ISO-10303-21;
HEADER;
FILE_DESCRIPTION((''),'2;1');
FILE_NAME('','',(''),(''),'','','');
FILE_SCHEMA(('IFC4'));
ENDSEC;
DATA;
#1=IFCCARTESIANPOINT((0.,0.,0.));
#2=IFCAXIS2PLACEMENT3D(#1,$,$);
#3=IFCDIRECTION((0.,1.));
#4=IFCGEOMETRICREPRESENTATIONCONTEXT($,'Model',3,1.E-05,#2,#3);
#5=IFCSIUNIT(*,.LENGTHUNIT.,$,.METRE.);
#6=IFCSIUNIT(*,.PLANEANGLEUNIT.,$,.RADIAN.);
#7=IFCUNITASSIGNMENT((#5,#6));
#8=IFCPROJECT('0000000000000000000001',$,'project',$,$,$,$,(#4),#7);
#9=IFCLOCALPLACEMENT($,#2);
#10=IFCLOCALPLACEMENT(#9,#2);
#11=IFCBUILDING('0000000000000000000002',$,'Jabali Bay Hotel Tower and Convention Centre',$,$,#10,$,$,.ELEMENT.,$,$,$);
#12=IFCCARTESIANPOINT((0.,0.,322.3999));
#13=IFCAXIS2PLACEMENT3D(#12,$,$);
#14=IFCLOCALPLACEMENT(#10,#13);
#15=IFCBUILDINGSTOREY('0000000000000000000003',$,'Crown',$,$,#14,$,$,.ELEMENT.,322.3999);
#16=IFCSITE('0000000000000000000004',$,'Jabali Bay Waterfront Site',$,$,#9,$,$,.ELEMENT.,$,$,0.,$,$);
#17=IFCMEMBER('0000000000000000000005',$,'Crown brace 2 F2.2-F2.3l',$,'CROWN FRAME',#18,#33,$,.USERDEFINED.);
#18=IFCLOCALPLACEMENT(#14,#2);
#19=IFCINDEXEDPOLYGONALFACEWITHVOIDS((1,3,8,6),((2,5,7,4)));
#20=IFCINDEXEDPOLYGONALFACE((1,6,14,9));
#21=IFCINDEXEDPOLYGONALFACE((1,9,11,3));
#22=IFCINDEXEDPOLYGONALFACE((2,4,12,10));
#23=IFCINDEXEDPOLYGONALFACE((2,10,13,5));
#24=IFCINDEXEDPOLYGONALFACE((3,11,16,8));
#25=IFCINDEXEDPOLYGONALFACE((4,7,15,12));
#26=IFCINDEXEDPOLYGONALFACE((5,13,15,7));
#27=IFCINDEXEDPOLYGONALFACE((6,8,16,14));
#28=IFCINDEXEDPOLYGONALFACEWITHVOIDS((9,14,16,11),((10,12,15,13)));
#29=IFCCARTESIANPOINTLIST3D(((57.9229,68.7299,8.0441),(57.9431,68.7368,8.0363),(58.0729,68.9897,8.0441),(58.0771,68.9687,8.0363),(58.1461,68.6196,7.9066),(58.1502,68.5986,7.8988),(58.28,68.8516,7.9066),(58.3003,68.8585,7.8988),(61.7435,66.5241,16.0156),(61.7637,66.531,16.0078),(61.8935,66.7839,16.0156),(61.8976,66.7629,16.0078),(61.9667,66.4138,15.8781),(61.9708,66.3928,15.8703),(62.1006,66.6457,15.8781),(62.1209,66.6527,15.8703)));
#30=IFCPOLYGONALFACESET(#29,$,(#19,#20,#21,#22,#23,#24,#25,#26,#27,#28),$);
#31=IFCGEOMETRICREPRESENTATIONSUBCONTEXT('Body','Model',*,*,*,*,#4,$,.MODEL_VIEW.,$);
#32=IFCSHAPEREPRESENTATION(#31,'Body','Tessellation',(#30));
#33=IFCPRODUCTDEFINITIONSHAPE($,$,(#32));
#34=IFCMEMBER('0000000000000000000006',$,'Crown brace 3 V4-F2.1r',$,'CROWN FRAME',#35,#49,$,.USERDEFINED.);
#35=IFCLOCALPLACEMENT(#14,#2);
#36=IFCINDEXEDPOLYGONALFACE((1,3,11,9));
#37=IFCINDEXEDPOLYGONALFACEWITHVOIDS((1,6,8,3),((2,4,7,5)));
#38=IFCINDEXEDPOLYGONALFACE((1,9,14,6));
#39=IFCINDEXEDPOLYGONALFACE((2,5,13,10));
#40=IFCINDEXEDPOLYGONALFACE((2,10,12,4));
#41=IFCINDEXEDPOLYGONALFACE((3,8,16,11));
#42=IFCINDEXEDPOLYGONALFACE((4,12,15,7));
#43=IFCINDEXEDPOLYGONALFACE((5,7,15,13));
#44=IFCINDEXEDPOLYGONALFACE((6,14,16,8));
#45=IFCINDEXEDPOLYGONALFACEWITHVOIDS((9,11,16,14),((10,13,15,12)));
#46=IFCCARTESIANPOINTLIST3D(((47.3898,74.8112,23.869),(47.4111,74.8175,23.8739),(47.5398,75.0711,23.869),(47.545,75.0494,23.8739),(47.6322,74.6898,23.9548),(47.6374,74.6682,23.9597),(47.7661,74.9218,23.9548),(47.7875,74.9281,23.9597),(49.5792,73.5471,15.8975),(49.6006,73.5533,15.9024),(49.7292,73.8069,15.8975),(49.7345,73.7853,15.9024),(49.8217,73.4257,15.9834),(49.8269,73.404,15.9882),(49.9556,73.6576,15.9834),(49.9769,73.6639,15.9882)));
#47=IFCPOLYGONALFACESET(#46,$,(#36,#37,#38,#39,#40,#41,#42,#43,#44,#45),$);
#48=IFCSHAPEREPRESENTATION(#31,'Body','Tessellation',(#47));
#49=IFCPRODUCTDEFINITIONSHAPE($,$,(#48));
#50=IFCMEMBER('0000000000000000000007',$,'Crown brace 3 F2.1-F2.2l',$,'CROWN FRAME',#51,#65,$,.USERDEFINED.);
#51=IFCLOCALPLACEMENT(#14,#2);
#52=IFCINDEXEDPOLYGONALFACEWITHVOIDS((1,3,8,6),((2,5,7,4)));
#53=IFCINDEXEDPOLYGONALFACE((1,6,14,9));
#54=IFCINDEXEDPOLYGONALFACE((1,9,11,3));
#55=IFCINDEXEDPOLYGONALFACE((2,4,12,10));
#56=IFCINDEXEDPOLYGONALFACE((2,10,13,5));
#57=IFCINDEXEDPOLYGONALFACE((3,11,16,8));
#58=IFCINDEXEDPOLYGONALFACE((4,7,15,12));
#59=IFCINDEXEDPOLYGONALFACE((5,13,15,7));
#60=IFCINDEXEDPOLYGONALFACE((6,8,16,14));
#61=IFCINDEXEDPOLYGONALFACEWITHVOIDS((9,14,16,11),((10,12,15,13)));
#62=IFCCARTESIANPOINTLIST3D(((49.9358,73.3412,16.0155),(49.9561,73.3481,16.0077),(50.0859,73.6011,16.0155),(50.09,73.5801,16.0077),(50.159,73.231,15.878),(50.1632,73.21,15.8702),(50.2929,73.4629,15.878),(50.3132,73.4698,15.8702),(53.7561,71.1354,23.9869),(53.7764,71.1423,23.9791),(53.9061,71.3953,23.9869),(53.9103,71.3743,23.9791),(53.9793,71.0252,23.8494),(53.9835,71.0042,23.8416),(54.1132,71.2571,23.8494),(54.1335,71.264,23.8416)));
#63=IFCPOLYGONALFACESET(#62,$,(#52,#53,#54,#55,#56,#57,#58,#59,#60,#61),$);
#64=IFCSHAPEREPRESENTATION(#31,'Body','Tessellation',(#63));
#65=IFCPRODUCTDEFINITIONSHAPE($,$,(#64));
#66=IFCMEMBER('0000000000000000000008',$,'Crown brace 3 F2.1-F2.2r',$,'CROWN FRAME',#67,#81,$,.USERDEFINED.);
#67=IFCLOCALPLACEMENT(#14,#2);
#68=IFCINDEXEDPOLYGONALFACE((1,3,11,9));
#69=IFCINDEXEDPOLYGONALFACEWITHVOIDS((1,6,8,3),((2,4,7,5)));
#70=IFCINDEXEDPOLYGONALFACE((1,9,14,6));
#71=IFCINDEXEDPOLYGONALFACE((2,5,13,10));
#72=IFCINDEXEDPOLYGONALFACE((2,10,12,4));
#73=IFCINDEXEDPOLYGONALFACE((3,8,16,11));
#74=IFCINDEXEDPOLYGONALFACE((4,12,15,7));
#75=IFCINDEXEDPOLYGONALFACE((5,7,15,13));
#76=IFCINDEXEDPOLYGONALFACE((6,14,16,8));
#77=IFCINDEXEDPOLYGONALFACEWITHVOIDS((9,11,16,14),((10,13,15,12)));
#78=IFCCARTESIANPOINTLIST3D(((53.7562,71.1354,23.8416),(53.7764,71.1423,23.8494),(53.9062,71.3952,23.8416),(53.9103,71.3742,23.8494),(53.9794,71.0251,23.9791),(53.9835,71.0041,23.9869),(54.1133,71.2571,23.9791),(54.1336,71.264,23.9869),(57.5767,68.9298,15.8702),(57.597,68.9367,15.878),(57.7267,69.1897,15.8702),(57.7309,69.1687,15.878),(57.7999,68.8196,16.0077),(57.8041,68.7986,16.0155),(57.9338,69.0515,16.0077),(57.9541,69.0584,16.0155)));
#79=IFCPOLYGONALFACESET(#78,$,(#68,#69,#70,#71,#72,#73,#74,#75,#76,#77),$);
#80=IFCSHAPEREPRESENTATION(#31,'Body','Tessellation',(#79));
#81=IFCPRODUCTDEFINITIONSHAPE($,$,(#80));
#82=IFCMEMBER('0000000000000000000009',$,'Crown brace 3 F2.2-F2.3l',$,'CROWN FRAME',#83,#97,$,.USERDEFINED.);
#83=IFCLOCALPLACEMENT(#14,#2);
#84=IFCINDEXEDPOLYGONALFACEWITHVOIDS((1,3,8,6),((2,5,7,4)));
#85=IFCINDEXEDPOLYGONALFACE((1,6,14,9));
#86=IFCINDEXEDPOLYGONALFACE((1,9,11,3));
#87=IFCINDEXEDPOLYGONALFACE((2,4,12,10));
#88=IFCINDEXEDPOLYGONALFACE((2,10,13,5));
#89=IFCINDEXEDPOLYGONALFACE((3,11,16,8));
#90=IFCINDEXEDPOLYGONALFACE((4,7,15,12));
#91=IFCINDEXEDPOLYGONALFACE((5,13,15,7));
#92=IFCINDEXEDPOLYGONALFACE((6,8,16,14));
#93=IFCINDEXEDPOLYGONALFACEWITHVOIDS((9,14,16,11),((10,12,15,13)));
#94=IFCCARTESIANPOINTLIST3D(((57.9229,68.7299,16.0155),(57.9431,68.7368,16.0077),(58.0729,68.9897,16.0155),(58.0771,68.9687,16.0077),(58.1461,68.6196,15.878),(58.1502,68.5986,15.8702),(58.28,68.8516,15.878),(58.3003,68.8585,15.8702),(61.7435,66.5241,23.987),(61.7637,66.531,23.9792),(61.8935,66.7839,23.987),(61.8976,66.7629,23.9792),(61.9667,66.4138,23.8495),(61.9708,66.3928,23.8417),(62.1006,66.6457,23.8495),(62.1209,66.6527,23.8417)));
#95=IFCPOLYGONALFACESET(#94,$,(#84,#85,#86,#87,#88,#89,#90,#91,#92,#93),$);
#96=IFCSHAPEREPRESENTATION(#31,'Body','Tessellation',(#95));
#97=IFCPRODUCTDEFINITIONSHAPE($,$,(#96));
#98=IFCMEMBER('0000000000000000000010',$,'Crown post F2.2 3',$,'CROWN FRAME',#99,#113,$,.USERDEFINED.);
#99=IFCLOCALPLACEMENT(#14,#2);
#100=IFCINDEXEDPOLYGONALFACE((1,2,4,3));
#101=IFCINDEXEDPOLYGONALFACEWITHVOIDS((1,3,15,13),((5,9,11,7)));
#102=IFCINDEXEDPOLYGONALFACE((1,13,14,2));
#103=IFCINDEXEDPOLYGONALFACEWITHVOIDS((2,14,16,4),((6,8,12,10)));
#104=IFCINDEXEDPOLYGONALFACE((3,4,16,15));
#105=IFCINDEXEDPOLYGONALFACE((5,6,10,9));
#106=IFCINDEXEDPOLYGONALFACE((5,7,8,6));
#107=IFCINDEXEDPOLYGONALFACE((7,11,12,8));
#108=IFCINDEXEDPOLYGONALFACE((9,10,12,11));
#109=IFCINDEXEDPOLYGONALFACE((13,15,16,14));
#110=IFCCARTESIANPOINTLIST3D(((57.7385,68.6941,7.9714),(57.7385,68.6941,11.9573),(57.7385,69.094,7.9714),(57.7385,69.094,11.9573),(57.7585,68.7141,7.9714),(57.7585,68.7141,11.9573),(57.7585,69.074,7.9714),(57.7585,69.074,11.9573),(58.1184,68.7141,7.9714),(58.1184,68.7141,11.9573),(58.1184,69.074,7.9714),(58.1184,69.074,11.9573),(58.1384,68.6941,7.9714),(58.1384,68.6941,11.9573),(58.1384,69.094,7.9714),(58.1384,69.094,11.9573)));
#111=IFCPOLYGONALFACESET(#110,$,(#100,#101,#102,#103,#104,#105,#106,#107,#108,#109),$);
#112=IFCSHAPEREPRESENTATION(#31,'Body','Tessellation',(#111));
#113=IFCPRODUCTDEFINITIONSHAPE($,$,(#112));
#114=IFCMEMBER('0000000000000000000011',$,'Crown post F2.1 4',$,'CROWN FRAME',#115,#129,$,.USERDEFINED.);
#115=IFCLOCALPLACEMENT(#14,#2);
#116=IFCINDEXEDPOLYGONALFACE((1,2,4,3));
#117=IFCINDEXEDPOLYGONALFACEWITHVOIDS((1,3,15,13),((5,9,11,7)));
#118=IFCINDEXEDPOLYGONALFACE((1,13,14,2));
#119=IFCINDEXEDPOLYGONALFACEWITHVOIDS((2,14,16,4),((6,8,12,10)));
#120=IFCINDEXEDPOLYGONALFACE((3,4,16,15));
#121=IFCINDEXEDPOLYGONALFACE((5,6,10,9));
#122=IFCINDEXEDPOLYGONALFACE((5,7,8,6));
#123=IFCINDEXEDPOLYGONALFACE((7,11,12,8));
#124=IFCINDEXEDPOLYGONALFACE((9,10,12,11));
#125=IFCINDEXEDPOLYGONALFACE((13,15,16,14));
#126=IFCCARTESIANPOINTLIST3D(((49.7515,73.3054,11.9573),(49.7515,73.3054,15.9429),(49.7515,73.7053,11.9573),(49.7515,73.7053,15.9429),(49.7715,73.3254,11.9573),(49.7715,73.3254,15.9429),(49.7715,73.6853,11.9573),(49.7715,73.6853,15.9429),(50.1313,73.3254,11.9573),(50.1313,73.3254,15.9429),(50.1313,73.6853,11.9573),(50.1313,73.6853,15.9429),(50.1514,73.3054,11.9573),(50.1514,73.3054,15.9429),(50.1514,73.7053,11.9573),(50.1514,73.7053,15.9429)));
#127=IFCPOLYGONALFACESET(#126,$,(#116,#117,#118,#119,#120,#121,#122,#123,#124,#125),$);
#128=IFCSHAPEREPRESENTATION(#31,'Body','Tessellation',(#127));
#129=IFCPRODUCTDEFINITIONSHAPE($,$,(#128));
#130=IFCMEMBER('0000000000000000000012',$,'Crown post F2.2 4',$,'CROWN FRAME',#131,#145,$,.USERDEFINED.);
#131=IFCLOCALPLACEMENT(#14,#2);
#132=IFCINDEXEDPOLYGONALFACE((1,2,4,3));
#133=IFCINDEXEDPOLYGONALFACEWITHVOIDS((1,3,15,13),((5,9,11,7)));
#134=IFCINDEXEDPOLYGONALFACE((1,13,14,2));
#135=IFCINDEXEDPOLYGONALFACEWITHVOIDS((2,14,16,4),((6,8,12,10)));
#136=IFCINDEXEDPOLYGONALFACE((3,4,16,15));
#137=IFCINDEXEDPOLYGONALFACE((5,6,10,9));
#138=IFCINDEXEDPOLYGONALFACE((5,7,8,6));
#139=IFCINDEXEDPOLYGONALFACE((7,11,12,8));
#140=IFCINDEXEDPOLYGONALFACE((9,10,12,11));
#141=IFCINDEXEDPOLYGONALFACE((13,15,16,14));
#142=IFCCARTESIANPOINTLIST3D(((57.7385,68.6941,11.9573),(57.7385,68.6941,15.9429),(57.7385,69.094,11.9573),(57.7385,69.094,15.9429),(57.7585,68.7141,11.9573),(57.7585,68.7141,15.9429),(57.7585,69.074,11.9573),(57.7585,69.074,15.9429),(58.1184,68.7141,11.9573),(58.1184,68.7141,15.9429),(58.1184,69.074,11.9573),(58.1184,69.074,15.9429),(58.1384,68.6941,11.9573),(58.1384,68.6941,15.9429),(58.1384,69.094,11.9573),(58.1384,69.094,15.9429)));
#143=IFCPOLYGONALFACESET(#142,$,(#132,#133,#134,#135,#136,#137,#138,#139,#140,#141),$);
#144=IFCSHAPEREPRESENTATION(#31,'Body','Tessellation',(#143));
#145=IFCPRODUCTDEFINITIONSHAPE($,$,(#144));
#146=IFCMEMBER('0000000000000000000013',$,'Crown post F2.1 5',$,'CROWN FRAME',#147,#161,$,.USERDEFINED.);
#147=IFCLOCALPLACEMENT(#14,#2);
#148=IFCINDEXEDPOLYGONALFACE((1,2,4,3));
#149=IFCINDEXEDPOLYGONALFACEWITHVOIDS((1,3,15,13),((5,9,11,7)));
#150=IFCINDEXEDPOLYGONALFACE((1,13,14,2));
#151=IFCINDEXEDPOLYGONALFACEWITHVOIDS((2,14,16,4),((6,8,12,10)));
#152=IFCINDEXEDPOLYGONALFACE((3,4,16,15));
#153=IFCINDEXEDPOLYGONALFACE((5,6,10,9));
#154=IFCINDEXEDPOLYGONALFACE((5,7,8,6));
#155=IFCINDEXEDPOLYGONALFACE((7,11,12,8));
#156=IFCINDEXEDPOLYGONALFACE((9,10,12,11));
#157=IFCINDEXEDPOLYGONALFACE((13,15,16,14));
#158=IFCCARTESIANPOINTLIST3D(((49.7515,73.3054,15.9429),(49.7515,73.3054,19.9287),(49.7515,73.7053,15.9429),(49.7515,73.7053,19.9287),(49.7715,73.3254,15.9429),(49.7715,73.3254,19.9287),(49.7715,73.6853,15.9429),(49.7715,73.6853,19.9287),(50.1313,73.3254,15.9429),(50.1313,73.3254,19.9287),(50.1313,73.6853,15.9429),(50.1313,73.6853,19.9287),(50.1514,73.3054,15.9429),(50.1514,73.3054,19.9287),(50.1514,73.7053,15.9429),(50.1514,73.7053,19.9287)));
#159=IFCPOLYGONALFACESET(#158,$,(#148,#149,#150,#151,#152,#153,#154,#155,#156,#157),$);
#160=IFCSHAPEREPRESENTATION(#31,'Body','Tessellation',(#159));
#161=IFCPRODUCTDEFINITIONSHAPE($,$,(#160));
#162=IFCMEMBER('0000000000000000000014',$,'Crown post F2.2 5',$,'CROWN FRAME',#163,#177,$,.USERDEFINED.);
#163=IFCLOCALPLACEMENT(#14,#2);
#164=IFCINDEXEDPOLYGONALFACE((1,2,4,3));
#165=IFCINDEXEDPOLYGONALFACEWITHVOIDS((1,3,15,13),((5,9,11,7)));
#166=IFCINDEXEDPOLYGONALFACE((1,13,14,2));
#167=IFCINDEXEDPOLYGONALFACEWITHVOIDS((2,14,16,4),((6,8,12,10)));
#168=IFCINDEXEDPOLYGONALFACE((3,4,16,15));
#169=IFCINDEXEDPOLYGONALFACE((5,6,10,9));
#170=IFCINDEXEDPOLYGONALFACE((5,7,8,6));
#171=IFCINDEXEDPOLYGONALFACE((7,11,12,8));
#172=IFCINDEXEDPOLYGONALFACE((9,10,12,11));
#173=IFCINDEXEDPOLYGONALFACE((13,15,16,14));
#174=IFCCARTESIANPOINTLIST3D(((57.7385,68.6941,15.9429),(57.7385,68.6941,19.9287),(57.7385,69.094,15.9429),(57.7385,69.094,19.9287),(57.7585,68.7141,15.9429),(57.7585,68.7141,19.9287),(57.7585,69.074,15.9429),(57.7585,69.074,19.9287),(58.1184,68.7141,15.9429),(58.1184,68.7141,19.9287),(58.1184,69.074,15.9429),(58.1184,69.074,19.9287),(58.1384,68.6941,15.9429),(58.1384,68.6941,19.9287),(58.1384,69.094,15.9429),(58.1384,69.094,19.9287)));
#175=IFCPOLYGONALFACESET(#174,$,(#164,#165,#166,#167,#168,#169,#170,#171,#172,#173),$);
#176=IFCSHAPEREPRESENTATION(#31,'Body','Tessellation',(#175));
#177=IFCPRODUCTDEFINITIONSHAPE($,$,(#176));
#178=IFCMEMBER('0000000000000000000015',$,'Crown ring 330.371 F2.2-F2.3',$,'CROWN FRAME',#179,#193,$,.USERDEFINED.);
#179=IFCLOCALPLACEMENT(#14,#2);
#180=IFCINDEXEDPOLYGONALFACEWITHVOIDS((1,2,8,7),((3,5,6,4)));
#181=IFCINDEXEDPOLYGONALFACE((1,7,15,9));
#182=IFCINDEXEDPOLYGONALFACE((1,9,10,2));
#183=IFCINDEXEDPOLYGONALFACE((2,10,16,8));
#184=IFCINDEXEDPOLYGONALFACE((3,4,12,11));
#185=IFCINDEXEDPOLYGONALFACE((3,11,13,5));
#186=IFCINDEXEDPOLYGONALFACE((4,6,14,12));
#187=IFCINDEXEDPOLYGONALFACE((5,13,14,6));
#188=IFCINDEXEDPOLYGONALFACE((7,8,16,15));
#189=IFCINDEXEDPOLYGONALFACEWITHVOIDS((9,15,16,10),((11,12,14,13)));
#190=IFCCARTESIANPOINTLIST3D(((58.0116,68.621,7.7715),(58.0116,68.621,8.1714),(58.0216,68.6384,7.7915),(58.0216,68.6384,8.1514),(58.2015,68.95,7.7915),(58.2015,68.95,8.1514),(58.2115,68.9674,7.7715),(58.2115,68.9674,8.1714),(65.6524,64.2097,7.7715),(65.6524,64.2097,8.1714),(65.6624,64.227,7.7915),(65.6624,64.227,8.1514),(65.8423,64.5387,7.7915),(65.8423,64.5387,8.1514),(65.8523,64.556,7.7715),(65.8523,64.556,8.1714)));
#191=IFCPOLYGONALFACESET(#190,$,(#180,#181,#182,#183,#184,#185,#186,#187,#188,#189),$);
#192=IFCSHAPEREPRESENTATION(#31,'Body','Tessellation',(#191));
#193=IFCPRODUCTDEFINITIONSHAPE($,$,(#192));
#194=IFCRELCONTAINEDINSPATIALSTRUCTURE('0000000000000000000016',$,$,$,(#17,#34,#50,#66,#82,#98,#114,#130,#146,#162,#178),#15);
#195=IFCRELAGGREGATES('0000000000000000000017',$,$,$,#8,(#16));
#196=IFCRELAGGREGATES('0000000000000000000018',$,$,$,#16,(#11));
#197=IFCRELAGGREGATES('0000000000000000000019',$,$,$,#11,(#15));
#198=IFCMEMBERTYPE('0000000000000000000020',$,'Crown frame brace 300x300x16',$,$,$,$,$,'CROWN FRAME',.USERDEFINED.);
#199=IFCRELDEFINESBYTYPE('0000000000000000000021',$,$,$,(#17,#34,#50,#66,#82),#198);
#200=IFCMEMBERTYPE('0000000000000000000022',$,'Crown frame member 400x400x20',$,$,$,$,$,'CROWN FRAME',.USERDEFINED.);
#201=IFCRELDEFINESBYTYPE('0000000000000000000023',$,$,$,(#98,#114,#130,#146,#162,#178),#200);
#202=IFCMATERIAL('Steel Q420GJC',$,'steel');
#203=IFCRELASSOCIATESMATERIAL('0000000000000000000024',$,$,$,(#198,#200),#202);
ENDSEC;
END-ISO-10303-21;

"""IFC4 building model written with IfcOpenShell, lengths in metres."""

from ifc_helpers import new_model, si_unit, direction, frame, origin, origin_2d, place, context, subcontext, project, spatial, hollow_rectangle, extrude, material, material_profile, profile_set, type_object, element, save


model = new_model("IFC4")

# Units and contexts
model_context = context("Model", 3, precision=1e-05, world=origin(), true_north=direction((0.0, 1.0)))
body_context = subcontext(model_context, "Body", "Model", "MODEL_VIEW")
ifc_project = project(units=[si_unit("LENGTHUNIT", "METRE"), si_unit("PLANEANGLEUNIT", "RADIAN")], contexts=[model_context])

# Site, building, storey
site_placement = place(None, origin())
site = spatial("IfcSite", under=ifc_project, at=site_placement, Name="Jabali Bay Waterfront Site", CompositionType="ELEMENT", RefElevation=0.0)
building_placement = place(site_placement, origin())
building = spatial("IfcBuilding", under=site, at=building_placement, Name="Jabali Bay Hotel Tower and Convention Centre", CompositionType="ELEMENT")
storey_placement = place(building_placement, frame((0.0, 0.0, 322.3999)))
storey = spatial("IfcBuildingStorey", under=building, at=storey_placement, Name="Crown", CompositionType="ELEMENT", Elevation=322.3999)

# Members
ifc_material_1 = material(Name="Steel Q420GJC", Category="steel")
ifc_material_profile_1 = material_profile(ifc_material_1, hollow_rectangle(XDim=0.3, YDim=0.3, WallThickness=0.0161, at=origin_2d()), Name="Crown frame brace 300x300x16")
ifc_profile_set_1 = profile_set([ifc_material_profile_1], Name="Steel Q420GJC")
member_type_1 = type_object("IfcMemberType", Name="Crown frame brace 300x300x16", ElementType="CROWN FRAME", PredefinedType="USERDEFINED", material=ifc_profile_set_1)
member_1_placement = place(storey_placement, frame((58.1116, 68.7942, 7.9714), z_axis=(0.419345, -0.24211, 0.874947), x_axis=(0.500002, 0.866024, 0.0)))
element("IfcMember", 1, at=member_1_placement, inside=storey, type_object=member_type_1, Name="Crown brace 2 F2.2-F2.3l", ObjectType="CROWN FRAME", PredefinedType="USERDEFINED", context=body_context, shape_type="SweptSolid", body=[
    extrude(hollow_rectangle(XDim=0.3, YDim=0.3, WallThickness=0.0161, at=origin_2d()), origin(), (0.0, 0.0, 1.0), 9.1108),
])
member_2_placement = place(storey_placement, frame((49.7781, 73.6055, 15.9429), z_axis=(-0.26181, 0.151166, 0.953207), x_axis=(-0.500023, -0.866012, 0.0)))
element("IfcMember", 2, at=member_2_placement, inside=storey, type_object=member_type_1, Name="Crown brace 3 V4-F2.1r", ObjectType="CROWN FRAME", PredefinedType="USERDEFINED", context=body_context, shape_type="SweptSolid", body=[
    extrude(hollow_rectangle(XDim=0.3, YDim=0.3, WallThickness=0.0161, at=origin_2d()), origin(), (0.0, 0.0, 1.0), 8.3628),
])
for number, where, z_axis, x_axis, name in (
    (3, (50.1245, 73.4055, 15.9429), (0.419323, -0.242113, 0.874957), (0.500026, 0.86601, 0.0), "Crown brace 3 F2.1-F2.2l"),
    (4, (57.7654, 68.9941, 15.9429), (-0.419348, 0.242085, 0.874953), (-0.49996, -0.866048, 0.0), "Crown brace 3 F2.1-F2.2r"),
):
    element("IfcMember", number, at=place(storey_placement, frame(where, z_axis=z_axis, x_axis=x_axis)), inside=storey, type_object=member_type_1, Name=name, ObjectType="CROWN FRAME", PredefinedType="USERDEFINED", context=body_context, shape_type="SweptSolid", body=[
        extrude(hollow_rectangle(XDim=0.3, YDim=0.3, WallThickness=0.0161, at=origin_2d()), origin(), (0.0, 0.0, 1.0), 9.1106),
    ])
member_3_placement = place(storey_placement, frame((58.1116, 68.7942, 15.9429), z_axis=(0.419345, -0.24211, 0.874947), x_axis=(0.500002, 0.866024, 0.0)))
element("IfcMember", 5, at=member_3_placement, inside=storey, type_object=member_type_1, Name="Crown brace 3 F2.2-F2.3l", ObjectType="CROWN FRAME", PredefinedType="USERDEFINED", context=body_context, shape_type="SweptSolid", body=[
    extrude(hollow_rectangle(XDim=0.3, YDim=0.3, WallThickness=0.0161, at=origin_2d()), origin(), (0.0, 0.0, 1.0), 9.1108),
])
ifc_material_profile_2 = material_profile(ifc_material_1, hollow_rectangle(XDim=0.3999, YDim=0.3999, WallThickness=0.02, at=origin_2d()), Name="Crown frame member 400x400x20")
ifc_profile_set_2 = profile_set([ifc_material_profile_2], Name="Steel Q420GJC")
member_type_2 = type_object("IfcMemberType", Name="Crown frame member 400x400x20", ElementType="CROWN FRAME", PredefinedType="USERDEFINED", material=ifc_profile_set_2)
member_4_placement = place(storey_placement, frame((57.9385, 68.894, 7.9714), z_axis=(0.0, 0.0, 1.0), x_axis=(1.0, 0.0, 0.0)))
element("IfcMember", 6, at=member_4_placement, inside=storey, type_object=member_type_2, Name="Crown post F2.2 3", ObjectType="CROWN FRAME", PredefinedType="USERDEFINED", context=body_context, shape_type="SweptSolid", body=[
    extrude(hollow_rectangle(XDim=0.3999, YDim=0.3999, WallThickness=0.02, at=origin_2d()), origin(), (0.0, 0.0, 1.0), 3.9858),
])
for number, where, z_axis, x_axis, name in (
    (7, (49.9514, 73.5054, 11.9573), (0.0, 0.0, 1.0), (1.0, 0.0, 0.0), "Crown post F2.1 4"),
    (8, (57.9385, 68.894, 11.9573), (0.0, 0.0, 1.0), (1.0, 0.0, 0.0), "Crown post F2.2 4"),
):
    element("IfcMember", number, at=place(storey_placement, frame(where, z_axis=z_axis, x_axis=x_axis)), inside=storey, type_object=member_type_2, Name=name, ObjectType="CROWN FRAME", PredefinedType="USERDEFINED", context=body_context, shape_type="SweptSolid", body=[
        extrude(hollow_rectangle(XDim=0.3999, YDim=0.3999, WallThickness=0.02, at=origin_2d()), origin(), (0.0, 0.0, 1.0), 3.9856),
    ])
for number, where, z_axis, x_axis, name in (
    (9, (49.9514, 73.5054, 15.9429), (0.0, 0.0, 1.0), (1.0, 0.0, 0.0), "Crown post F2.1 5"),
    (10, (57.9385, 68.894, 15.9429), (0.0, 0.0, 1.0), (1.0, 0.0, 0.0), "Crown post F2.2 5"),
):
    element("IfcMember", number, at=place(storey_placement, frame(where, z_axis=z_axis, x_axis=x_axis)), inside=storey, type_object=member_type_2, Name=name, ObjectType="CROWN FRAME", PredefinedType="USERDEFINED", context=body_context, shape_type="SweptSolid", body=[
        extrude(hollow_rectangle(XDim=0.3999, YDim=0.3999, WallThickness=0.02, at=origin_2d()), origin(), (0.0, 0.0, 1.0), 3.9858),
    ])
for number, where, z_axis, x_axis, name in (
    (11, (58.1116, 68.7942, 7.9714), (0.866029, -0.499993, 0.0), (0.499993, 0.866029, 0.0), "Crown ring 330.371 F2.2-F2.3"),
):
    element("IfcMember", number, at=place(storey_placement, frame(where, z_axis=z_axis, x_axis=x_axis)), inside=storey, type_object=member_type_2, Name=name, ObjectType="CROWN FRAME", PredefinedType="USERDEFINED", context=body_context, shape_type="SweptSolid", body=[
        extrude(hollow_rectangle(XDim=0.3999, YDim=0.3999, WallThickness=0.02, at=origin_2d()), origin(), (0.0, 0.0, 1.0), 8.8228),
    ])

save(model, "model.ifc")
